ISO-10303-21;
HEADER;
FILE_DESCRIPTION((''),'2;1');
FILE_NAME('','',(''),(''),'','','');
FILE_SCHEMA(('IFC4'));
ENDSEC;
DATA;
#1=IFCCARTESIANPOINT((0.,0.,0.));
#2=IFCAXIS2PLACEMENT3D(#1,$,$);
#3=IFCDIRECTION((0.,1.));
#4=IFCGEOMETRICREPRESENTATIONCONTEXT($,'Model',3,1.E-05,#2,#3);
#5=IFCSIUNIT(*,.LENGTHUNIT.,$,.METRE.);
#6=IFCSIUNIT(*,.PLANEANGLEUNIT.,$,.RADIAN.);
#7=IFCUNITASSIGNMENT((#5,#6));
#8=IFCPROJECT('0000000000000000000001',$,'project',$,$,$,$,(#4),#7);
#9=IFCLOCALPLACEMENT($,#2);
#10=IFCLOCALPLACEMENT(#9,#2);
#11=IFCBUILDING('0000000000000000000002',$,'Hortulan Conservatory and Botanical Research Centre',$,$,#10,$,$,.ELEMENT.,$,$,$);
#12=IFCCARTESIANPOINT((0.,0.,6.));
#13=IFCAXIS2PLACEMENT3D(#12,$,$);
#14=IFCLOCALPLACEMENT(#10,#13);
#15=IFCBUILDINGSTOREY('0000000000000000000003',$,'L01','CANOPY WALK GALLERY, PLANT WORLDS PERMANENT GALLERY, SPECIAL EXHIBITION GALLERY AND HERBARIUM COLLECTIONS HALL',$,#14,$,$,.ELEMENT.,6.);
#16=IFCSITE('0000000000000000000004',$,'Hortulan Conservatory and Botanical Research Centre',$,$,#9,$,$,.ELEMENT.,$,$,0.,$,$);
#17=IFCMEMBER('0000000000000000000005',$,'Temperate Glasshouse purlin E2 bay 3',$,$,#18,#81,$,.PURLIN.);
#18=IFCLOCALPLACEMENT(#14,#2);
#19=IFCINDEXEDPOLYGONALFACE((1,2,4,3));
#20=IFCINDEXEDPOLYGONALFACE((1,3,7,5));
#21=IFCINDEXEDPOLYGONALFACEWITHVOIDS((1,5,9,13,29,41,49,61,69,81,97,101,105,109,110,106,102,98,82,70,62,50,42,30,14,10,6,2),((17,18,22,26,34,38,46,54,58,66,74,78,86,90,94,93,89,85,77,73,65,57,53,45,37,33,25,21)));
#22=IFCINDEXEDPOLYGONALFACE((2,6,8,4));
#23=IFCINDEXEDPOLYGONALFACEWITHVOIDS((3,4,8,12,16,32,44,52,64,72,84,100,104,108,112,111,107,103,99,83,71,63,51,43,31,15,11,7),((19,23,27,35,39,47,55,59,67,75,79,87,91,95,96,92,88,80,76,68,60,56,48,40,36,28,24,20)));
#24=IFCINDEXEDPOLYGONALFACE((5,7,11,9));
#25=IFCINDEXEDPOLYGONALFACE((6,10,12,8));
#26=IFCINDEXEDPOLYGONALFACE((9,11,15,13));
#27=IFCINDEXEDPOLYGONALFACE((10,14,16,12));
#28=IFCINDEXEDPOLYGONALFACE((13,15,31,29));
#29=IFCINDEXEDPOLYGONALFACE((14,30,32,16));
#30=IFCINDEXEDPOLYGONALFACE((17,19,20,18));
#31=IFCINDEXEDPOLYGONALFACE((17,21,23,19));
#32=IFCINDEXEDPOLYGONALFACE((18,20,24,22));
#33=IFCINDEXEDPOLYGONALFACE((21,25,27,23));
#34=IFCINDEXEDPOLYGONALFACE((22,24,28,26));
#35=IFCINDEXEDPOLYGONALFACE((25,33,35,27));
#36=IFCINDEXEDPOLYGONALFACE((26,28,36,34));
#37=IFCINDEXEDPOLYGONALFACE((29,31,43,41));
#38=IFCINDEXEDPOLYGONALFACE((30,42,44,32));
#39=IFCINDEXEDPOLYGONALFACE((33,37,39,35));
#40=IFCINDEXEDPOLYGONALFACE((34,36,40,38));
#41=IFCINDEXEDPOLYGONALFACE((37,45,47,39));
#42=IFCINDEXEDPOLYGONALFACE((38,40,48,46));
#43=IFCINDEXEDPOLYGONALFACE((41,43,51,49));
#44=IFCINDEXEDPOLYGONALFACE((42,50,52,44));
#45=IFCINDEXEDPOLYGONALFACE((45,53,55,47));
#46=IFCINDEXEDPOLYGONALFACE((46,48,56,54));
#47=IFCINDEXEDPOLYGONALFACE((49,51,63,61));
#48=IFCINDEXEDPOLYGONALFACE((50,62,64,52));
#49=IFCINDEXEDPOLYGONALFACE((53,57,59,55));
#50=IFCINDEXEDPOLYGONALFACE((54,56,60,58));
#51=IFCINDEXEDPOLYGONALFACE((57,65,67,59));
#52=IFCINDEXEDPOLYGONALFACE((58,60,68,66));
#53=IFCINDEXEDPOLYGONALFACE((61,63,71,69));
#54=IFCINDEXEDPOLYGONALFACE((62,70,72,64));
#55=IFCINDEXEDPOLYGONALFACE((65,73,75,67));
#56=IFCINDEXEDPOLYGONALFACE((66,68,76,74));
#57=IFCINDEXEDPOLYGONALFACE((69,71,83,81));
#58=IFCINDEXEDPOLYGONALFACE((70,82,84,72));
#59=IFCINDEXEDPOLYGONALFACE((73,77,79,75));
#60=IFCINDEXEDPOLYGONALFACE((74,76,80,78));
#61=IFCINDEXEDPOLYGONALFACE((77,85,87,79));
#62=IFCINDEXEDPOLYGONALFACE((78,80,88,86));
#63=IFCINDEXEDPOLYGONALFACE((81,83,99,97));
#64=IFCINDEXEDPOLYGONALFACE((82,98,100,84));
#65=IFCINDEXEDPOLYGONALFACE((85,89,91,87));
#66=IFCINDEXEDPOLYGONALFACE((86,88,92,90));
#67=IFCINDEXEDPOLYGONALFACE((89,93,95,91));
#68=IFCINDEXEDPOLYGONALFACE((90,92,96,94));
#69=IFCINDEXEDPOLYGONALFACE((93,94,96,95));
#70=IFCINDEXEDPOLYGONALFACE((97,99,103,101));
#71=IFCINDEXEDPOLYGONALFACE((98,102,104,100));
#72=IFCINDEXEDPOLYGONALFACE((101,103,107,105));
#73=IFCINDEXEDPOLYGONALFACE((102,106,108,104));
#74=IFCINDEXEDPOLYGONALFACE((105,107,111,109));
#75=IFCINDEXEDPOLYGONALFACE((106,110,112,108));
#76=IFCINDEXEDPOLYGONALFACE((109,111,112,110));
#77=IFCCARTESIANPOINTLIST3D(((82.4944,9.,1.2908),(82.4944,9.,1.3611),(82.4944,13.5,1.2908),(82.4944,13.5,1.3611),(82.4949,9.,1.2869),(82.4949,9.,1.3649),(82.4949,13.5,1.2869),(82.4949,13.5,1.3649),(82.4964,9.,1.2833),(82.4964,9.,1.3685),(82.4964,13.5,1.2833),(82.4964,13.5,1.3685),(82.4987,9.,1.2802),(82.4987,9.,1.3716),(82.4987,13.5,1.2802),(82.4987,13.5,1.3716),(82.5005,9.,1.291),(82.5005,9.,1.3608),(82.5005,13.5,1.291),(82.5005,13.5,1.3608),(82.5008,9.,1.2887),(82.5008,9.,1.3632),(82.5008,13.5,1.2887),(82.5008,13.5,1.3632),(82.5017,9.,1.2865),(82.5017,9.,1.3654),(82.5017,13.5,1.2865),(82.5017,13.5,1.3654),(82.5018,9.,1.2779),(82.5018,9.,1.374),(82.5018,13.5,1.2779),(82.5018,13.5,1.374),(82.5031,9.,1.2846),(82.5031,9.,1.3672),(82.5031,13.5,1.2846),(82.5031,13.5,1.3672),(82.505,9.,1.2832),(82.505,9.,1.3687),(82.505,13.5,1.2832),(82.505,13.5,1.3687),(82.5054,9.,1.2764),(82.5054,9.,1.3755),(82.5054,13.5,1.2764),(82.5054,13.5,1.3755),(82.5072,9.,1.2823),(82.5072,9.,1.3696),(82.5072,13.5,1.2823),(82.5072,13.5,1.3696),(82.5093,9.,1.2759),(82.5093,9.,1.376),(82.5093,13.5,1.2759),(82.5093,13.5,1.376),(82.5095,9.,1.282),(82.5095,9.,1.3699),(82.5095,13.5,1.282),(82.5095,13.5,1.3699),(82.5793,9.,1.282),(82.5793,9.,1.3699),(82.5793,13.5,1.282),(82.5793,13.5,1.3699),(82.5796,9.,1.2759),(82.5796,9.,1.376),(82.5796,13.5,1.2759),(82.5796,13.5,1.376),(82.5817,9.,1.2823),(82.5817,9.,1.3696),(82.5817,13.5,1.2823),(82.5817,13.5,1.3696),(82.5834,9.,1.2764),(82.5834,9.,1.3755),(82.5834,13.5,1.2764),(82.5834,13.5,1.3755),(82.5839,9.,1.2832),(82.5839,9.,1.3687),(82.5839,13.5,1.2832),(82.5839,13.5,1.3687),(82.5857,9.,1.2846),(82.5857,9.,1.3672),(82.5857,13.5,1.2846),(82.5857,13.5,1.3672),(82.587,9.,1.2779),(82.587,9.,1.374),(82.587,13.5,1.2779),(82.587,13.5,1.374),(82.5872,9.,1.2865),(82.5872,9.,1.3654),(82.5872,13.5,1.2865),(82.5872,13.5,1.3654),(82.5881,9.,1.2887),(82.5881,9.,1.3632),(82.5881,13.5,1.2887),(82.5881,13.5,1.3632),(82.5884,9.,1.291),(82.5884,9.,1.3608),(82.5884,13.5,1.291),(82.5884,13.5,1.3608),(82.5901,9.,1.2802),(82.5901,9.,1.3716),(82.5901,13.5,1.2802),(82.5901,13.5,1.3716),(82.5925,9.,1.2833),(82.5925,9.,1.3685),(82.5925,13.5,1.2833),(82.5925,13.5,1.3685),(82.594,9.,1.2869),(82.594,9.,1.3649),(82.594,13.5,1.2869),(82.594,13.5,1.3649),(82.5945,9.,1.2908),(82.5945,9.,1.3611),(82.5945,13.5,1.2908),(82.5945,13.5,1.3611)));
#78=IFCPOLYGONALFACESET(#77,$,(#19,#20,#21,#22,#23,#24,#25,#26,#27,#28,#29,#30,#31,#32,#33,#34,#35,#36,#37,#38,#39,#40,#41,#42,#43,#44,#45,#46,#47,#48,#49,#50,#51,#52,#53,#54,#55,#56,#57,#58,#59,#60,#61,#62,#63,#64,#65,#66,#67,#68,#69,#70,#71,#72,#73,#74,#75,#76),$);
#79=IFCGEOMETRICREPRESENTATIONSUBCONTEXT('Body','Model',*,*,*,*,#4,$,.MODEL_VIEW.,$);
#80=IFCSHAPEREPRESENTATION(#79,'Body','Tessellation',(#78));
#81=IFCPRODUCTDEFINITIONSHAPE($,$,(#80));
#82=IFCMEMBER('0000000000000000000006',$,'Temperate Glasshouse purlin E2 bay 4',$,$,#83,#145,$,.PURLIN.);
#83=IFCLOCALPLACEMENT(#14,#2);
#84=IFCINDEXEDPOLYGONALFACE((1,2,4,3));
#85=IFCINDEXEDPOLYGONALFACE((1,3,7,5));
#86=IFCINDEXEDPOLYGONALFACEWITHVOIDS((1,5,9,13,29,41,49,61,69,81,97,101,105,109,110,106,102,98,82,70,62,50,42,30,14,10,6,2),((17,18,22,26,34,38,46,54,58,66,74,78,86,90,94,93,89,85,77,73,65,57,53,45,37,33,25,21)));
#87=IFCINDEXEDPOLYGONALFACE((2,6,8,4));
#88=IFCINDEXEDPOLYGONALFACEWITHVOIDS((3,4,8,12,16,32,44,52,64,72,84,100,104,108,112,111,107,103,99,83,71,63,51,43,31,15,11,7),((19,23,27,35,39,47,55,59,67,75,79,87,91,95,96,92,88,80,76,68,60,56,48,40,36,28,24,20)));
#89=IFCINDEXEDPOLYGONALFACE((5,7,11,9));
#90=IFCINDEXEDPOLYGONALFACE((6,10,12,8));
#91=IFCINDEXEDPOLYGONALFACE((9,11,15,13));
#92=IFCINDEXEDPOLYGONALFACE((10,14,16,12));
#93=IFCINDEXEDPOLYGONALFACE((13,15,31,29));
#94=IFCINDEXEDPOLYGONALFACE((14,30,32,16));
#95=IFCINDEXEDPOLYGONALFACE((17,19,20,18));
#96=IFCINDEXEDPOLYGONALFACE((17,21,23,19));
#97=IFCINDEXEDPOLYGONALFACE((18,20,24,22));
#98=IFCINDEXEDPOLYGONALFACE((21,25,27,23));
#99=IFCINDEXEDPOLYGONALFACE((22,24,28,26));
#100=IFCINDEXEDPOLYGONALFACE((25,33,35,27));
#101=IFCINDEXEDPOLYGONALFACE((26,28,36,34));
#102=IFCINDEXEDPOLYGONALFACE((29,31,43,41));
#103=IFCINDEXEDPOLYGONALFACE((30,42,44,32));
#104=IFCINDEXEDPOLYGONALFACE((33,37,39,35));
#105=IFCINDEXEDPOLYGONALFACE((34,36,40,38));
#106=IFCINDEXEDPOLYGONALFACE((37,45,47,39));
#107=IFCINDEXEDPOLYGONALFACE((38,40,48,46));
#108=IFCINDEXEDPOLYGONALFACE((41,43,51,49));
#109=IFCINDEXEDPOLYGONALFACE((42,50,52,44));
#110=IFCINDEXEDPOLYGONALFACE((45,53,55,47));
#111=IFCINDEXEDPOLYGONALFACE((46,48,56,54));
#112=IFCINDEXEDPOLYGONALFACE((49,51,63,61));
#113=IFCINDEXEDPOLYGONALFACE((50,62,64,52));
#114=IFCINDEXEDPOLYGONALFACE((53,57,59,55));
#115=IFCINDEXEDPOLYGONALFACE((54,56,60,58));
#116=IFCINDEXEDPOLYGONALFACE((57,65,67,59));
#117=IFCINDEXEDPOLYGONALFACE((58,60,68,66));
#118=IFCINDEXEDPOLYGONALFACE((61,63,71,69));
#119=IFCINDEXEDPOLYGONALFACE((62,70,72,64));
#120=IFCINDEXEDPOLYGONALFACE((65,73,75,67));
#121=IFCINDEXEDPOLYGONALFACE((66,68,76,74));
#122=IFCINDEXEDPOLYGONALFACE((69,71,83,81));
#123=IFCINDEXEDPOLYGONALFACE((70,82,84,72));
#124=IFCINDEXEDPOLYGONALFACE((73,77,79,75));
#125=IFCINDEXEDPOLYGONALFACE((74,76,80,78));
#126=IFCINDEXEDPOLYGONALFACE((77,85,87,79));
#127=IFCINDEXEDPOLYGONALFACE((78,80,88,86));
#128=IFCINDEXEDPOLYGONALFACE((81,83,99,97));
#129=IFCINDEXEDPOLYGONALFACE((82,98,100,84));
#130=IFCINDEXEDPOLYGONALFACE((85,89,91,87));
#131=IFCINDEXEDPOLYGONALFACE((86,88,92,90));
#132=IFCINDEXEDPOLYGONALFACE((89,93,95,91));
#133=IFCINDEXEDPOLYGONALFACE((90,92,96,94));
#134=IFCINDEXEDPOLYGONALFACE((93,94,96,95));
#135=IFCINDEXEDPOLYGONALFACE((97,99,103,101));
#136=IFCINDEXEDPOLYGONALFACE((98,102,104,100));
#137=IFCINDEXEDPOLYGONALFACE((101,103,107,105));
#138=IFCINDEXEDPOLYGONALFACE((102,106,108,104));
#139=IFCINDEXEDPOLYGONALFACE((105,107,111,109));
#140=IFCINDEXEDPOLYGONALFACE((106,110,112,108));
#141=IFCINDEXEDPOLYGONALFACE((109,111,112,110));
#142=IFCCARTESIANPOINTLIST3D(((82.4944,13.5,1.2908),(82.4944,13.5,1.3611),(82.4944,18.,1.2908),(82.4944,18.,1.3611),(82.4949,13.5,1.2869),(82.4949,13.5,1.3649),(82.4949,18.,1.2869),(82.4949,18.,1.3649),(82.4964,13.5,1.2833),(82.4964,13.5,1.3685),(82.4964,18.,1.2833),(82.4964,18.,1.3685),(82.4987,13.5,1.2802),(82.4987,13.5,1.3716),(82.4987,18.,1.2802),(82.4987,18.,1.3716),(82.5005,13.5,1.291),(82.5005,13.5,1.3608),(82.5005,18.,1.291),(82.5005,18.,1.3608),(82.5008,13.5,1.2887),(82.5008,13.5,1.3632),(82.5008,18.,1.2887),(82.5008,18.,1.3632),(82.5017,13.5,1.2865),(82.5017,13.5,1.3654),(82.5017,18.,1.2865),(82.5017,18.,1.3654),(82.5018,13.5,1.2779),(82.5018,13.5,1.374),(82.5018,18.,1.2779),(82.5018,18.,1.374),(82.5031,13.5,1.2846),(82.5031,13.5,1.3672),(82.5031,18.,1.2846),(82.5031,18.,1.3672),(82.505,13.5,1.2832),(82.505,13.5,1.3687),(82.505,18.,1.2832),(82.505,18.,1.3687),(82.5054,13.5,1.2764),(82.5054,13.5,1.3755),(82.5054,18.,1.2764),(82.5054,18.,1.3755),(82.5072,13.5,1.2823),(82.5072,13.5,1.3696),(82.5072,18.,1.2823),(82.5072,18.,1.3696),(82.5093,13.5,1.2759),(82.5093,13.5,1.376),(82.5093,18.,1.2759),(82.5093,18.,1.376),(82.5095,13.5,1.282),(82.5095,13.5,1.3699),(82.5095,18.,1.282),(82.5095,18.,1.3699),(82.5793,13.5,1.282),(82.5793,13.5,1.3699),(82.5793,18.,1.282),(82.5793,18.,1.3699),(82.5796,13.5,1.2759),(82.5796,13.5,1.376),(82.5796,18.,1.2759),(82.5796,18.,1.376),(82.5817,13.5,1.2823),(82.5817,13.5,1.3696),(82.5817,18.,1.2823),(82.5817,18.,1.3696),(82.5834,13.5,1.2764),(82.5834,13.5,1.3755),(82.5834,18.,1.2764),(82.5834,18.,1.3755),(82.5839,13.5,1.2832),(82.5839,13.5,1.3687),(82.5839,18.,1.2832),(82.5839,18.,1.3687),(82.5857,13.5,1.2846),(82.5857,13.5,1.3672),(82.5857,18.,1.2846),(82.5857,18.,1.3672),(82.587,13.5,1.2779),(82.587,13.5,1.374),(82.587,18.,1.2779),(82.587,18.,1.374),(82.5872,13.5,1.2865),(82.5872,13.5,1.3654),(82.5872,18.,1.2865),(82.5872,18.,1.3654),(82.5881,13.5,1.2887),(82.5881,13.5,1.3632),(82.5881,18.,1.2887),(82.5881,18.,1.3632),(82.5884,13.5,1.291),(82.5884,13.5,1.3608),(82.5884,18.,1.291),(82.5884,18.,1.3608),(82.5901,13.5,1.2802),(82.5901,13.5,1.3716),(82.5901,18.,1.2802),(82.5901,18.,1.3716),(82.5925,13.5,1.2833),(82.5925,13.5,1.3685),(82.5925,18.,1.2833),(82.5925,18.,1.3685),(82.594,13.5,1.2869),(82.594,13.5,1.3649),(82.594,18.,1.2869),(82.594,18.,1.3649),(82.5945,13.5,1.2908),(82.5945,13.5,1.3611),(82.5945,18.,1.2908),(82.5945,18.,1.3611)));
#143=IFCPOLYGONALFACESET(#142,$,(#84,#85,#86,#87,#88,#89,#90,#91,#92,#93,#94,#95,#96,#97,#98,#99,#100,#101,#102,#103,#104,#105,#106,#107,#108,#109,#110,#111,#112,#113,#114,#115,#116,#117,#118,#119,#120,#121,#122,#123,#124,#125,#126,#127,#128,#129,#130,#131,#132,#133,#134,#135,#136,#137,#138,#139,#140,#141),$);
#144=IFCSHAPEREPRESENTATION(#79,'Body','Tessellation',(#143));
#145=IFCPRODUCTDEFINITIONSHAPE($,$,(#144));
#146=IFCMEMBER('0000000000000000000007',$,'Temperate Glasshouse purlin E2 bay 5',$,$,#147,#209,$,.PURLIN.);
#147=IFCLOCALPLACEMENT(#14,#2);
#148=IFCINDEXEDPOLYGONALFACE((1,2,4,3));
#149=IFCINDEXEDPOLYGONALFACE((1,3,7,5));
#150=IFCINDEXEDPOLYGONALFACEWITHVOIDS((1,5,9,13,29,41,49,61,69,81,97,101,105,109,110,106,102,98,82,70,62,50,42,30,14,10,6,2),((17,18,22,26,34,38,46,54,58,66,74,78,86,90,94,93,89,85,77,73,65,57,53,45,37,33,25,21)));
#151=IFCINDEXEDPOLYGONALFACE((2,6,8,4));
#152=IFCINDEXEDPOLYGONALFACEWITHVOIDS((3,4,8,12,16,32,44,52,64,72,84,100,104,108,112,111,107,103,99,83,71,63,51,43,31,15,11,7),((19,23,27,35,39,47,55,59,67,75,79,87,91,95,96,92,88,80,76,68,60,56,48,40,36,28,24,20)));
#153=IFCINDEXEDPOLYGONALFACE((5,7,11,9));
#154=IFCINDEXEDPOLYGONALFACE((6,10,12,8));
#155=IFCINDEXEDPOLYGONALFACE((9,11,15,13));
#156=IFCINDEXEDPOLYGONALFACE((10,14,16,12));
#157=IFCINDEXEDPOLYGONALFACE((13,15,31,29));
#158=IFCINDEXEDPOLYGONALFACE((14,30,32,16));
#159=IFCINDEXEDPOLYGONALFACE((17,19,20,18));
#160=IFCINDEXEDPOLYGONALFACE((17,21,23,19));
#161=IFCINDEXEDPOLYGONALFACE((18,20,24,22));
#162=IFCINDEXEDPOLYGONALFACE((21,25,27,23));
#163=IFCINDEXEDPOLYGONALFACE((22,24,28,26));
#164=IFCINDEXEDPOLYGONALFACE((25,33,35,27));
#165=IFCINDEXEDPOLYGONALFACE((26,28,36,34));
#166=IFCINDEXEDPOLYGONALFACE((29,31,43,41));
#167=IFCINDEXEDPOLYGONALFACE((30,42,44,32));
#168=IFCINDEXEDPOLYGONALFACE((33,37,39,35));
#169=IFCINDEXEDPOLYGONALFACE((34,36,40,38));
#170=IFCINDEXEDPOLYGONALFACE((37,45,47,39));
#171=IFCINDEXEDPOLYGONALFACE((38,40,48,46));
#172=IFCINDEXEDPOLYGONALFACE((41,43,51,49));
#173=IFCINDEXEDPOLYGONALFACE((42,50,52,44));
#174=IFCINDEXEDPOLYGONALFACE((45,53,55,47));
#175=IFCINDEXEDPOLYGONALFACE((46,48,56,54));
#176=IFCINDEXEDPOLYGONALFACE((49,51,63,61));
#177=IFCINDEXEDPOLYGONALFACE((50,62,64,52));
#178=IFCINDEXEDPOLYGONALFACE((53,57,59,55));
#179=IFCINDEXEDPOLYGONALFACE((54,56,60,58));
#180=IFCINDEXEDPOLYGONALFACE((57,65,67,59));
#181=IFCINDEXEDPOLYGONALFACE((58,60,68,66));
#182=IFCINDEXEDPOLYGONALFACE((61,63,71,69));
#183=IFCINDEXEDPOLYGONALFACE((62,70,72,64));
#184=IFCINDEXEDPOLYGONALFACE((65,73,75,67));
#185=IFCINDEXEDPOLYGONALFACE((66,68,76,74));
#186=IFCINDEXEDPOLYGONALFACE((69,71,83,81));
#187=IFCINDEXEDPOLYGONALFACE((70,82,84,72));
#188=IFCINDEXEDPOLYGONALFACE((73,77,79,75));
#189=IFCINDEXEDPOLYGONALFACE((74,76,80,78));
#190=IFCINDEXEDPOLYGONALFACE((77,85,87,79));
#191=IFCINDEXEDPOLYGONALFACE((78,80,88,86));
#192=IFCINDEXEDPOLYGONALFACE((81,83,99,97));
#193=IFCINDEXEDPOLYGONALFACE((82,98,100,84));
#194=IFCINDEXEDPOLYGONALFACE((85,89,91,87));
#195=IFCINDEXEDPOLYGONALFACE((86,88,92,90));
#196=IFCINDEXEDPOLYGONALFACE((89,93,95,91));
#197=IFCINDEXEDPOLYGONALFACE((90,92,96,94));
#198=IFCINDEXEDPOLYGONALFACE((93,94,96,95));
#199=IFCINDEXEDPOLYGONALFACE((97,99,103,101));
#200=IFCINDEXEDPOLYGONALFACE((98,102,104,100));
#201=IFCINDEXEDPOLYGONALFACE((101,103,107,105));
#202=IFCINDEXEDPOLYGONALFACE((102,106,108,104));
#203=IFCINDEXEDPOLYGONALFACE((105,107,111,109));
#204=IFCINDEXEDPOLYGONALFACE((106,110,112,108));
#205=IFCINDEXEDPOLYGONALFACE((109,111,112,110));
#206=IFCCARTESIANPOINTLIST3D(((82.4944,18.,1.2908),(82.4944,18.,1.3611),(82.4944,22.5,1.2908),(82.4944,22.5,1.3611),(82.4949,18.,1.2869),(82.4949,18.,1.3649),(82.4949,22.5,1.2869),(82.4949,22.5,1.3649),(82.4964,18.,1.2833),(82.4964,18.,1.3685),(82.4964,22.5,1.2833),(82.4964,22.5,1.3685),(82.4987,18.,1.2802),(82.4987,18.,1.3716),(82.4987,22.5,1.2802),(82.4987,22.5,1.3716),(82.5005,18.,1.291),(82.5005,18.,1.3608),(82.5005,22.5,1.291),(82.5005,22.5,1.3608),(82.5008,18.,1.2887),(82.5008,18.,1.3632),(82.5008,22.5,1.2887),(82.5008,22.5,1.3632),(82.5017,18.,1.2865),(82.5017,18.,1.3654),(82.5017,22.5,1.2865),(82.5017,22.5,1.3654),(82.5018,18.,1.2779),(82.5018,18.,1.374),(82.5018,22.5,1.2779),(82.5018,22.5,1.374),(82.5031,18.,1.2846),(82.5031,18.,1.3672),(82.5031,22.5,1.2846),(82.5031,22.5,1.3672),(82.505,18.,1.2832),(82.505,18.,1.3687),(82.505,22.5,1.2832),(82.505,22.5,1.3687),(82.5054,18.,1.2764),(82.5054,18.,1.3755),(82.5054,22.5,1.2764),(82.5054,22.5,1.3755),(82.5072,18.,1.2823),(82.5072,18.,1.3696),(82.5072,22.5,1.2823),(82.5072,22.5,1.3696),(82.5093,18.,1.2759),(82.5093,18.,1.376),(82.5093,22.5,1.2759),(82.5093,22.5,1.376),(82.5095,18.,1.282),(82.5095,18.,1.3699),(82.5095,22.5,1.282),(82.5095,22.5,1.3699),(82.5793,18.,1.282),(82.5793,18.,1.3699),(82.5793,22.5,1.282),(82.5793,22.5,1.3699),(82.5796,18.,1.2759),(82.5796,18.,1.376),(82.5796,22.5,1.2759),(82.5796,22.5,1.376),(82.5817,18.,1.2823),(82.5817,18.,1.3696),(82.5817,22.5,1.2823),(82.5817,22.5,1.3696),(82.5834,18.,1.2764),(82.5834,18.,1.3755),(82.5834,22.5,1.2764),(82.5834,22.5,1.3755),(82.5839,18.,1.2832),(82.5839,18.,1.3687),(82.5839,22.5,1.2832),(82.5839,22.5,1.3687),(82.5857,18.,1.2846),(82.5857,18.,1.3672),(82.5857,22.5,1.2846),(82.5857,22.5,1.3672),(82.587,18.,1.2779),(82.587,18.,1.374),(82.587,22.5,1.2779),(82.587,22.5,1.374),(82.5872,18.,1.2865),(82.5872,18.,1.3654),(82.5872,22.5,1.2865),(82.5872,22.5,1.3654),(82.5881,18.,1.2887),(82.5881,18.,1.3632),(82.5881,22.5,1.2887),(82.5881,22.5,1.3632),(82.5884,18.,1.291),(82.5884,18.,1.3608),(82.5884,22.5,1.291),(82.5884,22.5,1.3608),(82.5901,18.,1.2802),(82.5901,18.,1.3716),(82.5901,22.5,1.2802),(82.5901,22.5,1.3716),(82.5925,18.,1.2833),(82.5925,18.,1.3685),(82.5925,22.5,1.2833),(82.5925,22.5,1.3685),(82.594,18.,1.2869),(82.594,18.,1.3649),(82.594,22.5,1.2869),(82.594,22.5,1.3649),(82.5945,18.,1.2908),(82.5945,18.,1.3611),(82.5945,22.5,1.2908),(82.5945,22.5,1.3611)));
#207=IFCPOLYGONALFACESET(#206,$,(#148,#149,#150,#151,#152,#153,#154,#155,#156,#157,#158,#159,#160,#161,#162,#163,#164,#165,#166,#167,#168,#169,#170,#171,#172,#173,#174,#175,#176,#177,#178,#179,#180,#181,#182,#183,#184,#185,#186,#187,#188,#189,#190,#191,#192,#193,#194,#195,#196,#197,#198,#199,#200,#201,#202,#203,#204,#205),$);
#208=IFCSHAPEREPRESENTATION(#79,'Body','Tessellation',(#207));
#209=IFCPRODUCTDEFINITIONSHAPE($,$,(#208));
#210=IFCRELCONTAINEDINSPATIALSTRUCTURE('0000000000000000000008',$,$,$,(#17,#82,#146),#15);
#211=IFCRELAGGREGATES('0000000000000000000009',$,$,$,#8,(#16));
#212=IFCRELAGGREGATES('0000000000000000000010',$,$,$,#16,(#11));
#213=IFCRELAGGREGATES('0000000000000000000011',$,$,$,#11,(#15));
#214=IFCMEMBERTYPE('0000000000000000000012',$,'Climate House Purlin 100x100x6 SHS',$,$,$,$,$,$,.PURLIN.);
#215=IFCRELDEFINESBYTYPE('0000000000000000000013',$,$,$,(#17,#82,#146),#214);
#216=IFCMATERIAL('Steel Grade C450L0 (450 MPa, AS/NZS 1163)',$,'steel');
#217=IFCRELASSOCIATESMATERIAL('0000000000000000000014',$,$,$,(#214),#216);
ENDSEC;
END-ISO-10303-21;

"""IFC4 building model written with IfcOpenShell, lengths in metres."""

from ifc_helpers import new_model, si_unit, direction, frame, origin, origin_2d, place, context, subcontext, project, spatial, hollow_rectangle, extrude, material, material_profile, profile_set, type_object, element, save


model = new_model("IFC4")

# Units and contexts
model_context = context("Model", 3, precision=1e-05, world=origin(), true_north=direction((0.0, 1.0)))
body_context = subcontext(model_context, "Body", "Model", "MODEL_VIEW")
ifc_project = project(units=[si_unit("LENGTHUNIT", "METRE"), si_unit("PLANEANGLEUNIT", "RADIAN")], contexts=[model_context])

# Site, building, storey
site_placement = place(None, origin())
site = spatial("IfcSite", under=ifc_project, at=site_placement, Name="Hortulan Conservatory and Botanical Research Centre", CompositionType="ELEMENT", RefElevation=0.0)
building_placement = place(site_placement, origin())
building = spatial("IfcBuilding", under=site, at=building_placement, Name="Hortulan Conservatory and Botanical Research Centre", CompositionType="ELEMENT")
storey_placement = place(building_placement, frame((0.0, 0.0, 6.0)))
storey = spatial("IfcBuildingStorey", under=building, at=storey_placement, Name="L01", Description="CANOPY WALK GALLERY, PLANT WORLDS PERMANENT GALLERY, SPECIAL EXHIBITION GALLERY AND HERBARIUM COLLECTIONS HALL", CompositionType="ELEMENT", Elevation=6.0)

# Members
ifc_material_1 = material(Name="Steel Grade C450L0 (450 MPa, AS/NZS 1163)", Category="steel")
ifc_material_profile_1 = material_profile(ifc_material_1, hollow_rectangle(XDim=0.1001, YDim=0.1001, WallThickness=0.0061, InnerFilletRadius=0.009, OuterFilletRadius=0.0149, at=origin_2d()), Name="100x100x6SHS")
ifc_profile_set_1 = profile_set([ifc_material_profile_1], Name="Steel Grade C450L0 (450 MPa, AS/NZS 1163)")
member_type_1 = type_object("IfcMemberType", Name="Climate House Purlin 100x100x6 SHS", PredefinedType="PURLIN", material=ifc_profile_set_1)
for number, where, z_axis, x_axis, name in (
    (1, (82.5444, 9.0, 1.3259), (0.0, 1.0, 0.0), (-1.0, 0.0, 0.0), "Temperate Glasshouse purlin E2 bay 3"),
    (2, (82.5444, 13.5, 1.3259), (0.0, 1.0, 0.0), (-1.0, 0.0, 0.0), "Temperate Glasshouse purlin E2 bay 4"),
    (3, (82.5444, 18.0, 1.3259), (0.0, 1.0, 0.0), (-1.0, 0.0, 0.0), "Temperate Glasshouse purlin E2 bay 5"),
):
    element("IfcMember", number, at=place(storey_placement, frame(where, z_axis=z_axis, x_axis=x_axis)), inside=storey, type_object=member_type_1, Name=name, PredefinedType="PURLIN", context=body_context, shape_type="SweptSolid", body=[
        extrude(hollow_rectangle(XDim=0.1001, YDim=0.1001, WallThickness=0.0061, InnerFilletRadius=0.009, OuterFilletRadius=0.0149, at=origin_2d()), origin(), (0.0, 0.0, 1.0), 4.5),
    ])

save(model, "model.ifc")
